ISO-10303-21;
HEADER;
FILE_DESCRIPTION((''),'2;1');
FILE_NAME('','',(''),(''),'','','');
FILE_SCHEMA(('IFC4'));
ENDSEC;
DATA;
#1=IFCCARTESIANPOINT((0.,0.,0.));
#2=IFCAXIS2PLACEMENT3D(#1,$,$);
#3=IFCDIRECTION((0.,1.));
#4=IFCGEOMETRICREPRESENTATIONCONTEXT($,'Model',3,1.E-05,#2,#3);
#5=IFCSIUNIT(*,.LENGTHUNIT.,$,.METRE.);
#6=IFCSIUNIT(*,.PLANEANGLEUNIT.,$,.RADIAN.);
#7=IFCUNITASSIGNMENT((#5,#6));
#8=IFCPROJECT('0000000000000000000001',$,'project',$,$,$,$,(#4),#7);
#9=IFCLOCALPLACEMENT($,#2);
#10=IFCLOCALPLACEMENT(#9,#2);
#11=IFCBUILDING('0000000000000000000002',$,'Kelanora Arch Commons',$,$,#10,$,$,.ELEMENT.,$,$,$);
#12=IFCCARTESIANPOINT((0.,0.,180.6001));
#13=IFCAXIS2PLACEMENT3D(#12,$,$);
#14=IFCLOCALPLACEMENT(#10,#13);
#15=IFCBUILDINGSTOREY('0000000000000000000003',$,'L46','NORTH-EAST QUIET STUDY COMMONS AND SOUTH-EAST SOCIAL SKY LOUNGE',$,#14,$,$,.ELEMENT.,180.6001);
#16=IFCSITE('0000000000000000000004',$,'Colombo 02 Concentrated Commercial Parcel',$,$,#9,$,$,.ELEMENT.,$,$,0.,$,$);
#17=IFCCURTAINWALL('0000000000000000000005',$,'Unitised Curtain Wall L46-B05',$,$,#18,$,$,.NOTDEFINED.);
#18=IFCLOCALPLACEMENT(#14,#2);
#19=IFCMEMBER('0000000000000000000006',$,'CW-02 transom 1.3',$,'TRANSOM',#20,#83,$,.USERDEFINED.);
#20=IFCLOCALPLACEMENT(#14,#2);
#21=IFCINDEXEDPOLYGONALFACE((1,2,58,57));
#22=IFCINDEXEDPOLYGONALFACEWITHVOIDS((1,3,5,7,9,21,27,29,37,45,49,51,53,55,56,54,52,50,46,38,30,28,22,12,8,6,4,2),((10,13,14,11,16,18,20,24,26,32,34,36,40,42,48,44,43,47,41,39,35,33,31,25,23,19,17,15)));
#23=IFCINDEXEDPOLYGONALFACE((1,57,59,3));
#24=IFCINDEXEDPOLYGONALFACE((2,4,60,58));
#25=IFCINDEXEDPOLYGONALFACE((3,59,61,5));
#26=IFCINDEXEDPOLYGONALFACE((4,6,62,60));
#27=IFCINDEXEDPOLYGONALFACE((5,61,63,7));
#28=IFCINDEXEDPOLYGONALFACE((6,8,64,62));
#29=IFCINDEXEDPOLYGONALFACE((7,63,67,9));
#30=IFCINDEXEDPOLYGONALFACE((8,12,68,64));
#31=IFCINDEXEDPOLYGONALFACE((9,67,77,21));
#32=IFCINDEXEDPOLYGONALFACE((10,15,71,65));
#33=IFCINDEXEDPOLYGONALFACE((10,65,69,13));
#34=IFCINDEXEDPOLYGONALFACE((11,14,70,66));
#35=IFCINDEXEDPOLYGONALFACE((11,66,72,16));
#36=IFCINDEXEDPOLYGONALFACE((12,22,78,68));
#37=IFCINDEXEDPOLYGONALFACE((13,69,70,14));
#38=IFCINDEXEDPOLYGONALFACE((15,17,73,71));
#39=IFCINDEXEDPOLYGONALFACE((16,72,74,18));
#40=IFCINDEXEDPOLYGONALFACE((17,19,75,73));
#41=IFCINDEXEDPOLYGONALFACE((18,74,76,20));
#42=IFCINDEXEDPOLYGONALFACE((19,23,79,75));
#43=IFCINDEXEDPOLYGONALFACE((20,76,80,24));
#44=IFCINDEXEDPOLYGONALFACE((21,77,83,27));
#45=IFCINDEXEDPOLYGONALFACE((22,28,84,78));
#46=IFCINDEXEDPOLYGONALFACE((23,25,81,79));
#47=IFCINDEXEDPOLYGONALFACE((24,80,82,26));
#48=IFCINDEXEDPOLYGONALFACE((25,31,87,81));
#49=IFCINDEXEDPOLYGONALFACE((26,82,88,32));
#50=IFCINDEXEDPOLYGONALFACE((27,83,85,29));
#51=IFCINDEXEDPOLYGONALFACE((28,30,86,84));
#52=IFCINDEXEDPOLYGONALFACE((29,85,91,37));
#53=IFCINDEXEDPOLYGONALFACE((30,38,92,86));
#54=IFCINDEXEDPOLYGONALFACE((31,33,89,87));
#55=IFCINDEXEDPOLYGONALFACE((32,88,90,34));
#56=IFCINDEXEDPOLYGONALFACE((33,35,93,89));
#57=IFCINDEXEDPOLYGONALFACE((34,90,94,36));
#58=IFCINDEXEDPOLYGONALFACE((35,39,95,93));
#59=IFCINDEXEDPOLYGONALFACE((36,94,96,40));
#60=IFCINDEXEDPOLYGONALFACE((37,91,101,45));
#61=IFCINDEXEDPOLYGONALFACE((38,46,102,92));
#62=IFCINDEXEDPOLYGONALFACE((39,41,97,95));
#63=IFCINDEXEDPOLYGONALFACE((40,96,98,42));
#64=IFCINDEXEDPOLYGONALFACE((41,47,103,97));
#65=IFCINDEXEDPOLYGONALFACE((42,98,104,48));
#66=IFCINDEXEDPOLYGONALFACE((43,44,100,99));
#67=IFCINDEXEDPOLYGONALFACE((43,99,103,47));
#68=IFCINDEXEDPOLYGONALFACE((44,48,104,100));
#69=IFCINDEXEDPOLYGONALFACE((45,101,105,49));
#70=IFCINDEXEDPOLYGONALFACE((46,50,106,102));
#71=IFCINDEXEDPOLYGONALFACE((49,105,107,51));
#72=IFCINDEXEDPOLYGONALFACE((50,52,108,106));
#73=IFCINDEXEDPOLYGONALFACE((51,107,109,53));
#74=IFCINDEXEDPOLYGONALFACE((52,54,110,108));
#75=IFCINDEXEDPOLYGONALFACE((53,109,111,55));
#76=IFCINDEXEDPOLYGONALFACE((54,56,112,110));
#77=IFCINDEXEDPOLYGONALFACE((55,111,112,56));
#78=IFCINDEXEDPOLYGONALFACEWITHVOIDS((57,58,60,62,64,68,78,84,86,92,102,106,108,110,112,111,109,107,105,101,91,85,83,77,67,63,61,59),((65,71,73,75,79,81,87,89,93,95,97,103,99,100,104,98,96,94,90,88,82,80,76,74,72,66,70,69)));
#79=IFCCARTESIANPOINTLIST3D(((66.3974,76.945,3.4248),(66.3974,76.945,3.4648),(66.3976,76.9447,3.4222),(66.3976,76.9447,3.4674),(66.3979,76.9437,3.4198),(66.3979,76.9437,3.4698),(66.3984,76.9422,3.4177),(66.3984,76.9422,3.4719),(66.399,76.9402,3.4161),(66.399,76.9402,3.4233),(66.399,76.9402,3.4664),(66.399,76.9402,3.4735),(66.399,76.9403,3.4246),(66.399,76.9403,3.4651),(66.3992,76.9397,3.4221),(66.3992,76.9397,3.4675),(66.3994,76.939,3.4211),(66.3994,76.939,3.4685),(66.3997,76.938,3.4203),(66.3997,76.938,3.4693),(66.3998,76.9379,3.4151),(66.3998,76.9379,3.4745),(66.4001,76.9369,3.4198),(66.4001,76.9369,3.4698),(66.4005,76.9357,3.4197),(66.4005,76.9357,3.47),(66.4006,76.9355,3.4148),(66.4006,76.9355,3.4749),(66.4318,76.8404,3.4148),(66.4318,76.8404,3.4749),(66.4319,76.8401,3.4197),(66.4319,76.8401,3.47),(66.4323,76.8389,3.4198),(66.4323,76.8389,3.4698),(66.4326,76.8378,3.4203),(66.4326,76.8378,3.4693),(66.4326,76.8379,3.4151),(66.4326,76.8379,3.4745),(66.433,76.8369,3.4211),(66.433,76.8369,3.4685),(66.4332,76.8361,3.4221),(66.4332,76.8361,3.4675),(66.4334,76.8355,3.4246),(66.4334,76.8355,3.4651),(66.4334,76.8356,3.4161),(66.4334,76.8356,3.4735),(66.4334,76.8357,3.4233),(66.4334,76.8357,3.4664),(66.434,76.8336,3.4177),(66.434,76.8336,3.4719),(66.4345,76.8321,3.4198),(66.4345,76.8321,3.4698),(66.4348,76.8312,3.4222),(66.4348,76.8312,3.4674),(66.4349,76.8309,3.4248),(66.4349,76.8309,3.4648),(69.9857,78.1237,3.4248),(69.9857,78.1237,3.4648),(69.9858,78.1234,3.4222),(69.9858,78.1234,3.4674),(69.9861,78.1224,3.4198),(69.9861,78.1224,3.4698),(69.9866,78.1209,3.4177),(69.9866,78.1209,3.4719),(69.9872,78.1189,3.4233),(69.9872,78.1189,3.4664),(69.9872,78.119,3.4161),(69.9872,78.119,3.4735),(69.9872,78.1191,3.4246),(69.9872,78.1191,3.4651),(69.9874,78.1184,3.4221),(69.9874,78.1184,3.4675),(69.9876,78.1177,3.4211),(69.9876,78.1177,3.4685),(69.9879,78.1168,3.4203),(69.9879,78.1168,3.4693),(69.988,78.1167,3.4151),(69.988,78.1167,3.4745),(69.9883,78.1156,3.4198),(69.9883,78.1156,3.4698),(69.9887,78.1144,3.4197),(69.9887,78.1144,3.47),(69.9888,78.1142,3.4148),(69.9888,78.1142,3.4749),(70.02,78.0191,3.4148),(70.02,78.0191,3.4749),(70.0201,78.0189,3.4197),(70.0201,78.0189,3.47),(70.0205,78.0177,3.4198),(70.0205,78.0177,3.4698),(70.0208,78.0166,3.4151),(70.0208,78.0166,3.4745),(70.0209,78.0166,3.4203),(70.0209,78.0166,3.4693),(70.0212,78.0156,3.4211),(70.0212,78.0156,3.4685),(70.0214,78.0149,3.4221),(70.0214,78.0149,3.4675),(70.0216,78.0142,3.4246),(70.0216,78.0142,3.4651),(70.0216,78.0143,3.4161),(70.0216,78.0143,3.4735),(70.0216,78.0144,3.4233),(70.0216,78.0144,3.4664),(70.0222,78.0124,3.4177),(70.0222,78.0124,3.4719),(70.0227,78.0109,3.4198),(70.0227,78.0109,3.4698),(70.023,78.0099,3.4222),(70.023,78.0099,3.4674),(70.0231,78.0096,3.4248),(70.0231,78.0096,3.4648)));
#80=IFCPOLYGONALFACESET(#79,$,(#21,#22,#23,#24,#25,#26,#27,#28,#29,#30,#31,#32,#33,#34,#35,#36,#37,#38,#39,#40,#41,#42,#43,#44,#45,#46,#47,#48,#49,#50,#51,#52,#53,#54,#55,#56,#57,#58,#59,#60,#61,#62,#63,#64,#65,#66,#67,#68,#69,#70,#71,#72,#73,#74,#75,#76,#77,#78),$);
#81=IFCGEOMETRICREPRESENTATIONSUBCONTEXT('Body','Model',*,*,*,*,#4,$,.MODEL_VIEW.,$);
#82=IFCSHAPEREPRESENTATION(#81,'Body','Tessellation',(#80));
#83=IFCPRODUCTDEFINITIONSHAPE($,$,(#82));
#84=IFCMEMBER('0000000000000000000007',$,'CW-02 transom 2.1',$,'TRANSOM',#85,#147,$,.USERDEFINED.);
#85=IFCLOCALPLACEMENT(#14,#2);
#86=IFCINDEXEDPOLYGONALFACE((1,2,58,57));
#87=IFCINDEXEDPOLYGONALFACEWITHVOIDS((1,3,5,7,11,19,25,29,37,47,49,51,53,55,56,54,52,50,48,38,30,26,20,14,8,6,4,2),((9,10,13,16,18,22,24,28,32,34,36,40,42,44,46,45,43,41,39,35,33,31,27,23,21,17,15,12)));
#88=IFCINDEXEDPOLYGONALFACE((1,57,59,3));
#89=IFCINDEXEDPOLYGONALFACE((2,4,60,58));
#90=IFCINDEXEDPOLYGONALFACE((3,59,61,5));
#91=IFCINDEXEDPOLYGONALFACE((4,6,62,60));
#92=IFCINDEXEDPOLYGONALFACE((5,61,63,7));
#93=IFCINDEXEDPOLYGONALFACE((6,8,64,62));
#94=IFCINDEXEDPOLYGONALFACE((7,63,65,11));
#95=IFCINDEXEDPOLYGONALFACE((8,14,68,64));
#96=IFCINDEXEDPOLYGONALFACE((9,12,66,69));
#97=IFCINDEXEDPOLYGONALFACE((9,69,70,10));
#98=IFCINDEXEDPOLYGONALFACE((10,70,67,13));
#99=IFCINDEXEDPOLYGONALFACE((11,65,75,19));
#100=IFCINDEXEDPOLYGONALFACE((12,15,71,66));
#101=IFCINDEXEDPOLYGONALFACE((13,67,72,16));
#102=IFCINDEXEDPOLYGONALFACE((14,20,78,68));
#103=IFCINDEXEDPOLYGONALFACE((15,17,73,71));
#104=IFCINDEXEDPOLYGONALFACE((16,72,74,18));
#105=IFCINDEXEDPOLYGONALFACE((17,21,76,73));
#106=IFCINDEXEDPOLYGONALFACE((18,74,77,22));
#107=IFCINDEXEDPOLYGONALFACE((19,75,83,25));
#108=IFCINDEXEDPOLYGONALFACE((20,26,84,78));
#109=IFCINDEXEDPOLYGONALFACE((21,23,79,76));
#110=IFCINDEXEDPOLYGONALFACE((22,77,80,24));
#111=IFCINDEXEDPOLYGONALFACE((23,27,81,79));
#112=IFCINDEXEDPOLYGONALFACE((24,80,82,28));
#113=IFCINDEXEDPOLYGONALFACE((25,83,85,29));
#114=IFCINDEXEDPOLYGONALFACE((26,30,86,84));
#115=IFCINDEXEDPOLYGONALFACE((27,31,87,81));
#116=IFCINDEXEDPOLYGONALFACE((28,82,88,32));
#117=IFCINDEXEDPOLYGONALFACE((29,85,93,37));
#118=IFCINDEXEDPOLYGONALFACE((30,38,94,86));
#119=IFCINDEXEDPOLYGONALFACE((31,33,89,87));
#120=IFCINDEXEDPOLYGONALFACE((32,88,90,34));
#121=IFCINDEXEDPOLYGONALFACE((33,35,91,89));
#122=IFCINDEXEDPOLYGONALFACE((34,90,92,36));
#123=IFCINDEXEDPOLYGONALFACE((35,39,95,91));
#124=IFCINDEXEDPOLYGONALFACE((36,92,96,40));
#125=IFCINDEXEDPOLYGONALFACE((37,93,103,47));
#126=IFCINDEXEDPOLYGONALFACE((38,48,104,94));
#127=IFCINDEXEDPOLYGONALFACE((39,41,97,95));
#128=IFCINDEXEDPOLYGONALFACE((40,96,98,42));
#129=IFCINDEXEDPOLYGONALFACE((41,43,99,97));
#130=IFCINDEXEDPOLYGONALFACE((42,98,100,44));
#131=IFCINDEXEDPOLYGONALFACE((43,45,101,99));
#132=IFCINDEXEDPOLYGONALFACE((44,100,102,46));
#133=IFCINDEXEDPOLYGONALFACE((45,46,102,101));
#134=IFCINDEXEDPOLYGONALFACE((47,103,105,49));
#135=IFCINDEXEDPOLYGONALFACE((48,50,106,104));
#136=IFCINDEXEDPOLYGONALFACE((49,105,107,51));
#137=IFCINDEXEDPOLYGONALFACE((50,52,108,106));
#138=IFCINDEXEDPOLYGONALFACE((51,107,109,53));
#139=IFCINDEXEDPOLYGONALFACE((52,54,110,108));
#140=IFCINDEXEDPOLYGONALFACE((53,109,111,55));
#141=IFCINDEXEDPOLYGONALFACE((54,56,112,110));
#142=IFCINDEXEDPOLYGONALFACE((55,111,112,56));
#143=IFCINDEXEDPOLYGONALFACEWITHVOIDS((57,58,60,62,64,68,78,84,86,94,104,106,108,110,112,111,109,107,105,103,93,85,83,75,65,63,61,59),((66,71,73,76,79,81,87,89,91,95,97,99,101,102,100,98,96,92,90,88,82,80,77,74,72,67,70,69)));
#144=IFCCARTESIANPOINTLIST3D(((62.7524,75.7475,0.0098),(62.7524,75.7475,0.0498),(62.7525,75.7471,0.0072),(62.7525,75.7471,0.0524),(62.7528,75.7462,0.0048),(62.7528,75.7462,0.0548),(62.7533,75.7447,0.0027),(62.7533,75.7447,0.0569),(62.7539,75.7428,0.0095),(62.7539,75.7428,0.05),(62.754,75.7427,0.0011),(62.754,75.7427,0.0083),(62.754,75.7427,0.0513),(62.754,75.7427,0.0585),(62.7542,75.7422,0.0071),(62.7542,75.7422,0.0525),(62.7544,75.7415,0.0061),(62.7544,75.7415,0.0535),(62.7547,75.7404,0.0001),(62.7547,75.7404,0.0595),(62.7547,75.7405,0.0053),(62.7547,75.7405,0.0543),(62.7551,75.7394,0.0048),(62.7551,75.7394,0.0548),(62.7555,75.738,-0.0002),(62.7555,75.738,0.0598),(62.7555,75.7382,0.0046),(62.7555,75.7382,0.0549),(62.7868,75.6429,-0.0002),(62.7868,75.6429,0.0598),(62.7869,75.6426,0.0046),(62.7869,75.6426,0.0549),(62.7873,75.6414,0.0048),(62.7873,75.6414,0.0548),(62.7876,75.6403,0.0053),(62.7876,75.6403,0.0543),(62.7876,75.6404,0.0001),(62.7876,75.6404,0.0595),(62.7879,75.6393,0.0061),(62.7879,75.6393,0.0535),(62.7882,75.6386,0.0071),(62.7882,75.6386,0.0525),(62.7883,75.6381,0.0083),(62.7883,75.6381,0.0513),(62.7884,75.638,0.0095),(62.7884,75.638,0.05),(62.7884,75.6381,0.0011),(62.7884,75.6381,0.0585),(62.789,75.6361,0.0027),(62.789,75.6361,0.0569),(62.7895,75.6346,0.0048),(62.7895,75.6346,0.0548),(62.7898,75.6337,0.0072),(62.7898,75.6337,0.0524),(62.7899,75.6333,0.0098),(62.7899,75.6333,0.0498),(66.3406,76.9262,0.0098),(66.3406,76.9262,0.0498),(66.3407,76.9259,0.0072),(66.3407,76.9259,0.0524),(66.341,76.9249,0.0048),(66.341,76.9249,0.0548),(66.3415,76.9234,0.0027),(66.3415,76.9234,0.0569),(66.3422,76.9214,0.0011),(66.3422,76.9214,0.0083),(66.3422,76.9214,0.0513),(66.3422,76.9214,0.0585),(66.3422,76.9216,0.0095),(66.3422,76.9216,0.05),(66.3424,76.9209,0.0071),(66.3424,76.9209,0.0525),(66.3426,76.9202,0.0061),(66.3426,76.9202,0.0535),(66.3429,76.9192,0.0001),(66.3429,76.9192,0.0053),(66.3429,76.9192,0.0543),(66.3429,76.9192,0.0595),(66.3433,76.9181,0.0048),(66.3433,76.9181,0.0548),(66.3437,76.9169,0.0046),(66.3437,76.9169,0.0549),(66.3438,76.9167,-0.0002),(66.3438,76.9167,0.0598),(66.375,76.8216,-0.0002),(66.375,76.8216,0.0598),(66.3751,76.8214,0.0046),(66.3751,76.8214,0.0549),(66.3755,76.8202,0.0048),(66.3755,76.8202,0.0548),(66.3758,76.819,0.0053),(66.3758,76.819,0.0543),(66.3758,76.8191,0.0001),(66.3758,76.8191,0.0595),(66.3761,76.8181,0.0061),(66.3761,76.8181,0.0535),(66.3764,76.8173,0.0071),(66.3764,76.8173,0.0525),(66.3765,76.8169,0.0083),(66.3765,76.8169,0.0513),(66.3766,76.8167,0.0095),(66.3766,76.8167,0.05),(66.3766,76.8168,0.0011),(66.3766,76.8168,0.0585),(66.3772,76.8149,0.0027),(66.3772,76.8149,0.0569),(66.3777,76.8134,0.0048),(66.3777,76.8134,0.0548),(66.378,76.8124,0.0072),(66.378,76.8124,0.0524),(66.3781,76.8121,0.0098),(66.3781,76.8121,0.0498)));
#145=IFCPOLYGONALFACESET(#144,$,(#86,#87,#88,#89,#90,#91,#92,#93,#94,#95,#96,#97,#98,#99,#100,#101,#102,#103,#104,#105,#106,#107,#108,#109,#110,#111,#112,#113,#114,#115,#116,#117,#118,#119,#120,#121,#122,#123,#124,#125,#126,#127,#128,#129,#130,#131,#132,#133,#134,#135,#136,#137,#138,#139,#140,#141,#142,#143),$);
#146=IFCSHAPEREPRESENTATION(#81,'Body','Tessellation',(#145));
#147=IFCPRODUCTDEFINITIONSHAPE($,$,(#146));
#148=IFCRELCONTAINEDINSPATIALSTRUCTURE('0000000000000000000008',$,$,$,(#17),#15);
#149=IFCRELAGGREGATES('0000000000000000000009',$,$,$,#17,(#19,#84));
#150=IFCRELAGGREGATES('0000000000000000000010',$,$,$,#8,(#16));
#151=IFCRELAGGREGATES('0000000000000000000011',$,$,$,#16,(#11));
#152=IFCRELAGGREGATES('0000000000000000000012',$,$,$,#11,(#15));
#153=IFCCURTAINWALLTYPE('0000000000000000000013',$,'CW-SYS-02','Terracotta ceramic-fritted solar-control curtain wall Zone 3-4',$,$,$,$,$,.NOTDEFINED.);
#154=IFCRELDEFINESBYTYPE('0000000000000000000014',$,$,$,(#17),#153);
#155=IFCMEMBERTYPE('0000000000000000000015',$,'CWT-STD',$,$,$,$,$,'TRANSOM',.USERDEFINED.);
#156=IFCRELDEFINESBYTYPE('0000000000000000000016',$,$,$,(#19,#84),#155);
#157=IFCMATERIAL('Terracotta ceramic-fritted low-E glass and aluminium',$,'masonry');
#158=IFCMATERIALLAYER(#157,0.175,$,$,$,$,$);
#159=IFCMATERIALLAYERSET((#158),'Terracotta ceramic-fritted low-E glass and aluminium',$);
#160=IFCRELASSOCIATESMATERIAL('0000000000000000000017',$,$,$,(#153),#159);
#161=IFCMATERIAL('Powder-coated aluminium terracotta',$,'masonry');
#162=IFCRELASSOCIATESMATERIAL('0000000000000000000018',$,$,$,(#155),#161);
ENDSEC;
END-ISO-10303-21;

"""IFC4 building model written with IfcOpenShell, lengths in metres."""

from ifc_helpers import new_model, si_unit, direction, frame, origin, origin_2d, place, context, subcontext, project, spatial, hollow_rectangle, extrude, material, layer, layer_set, material_profile, profile_set, type_object, element, aggregate, save


model = new_model("IFC4")

# Units and contexts
model_context = context("Model", 3, precision=1e-05, world=origin(), true_north=direction((0.0, 1.0)))
body_context = subcontext(model_context, "Body", "Model", "MODEL_VIEW")
ifc_project = project(units=[si_unit("LENGTHUNIT", "METRE"), si_unit("PLANEANGLEUNIT", "RADIAN")], contexts=[model_context])

# Site, building, storey
site_placement = place(None, origin())
site = spatial("IfcSite", under=ifc_project, at=site_placement, Name="Colombo 02 Concentrated Commercial Parcel", CompositionType="ELEMENT", RefElevation=0.0)
building_placement = place(site_placement, origin())
building = spatial("IfcBuilding", under=site, at=building_placement, Name="Kelanora Arch Commons", CompositionType="ELEMENT")
storey_placement = place(building_placement, frame((0.0, 0.0, 180.6001)))
storey = spatial("IfcBuildingStorey", under=building, at=storey_placement, Name="L46", Description="NORTH-EAST QUIET STUDY COMMONS AND SOUTH-EAST SOCIAL SKY LOUNGE", CompositionType="ELEMENT", Elevation=180.6001)

# Curtain wall, members
ifc_material_1 = material(Name="Terracotta ceramic-fritted low-E glass and aluminium", Category="masonry")
ifc_layer_1 = layer(ifc_material_1, 0.175)
ifc_layer_set_1 = layer_set([ifc_layer_1], Name="Terracotta ceramic-fritted low-E glass and aluminium")
curtain_wall_type = type_object("IfcCurtainWallType", Name="CW-SYS-02", Description="Terracotta ceramic-fritted solar-control curtain wall Zone 3-4", PredefinedType="NOTDEFINED", material=ifc_layer_set_1)
curtain_wall_placement = place(storey_placement, origin())
curtain_wall = element("IfcCurtainWall", 1, at=curtain_wall_placement, inside=storey, type_object=curtain_wall_type, Name="Unitised Curtain Wall L46-B05", PredefinedType="NOTDEFINED")
ifc_material_2 = material(Name="Powder-coated aluminium terracotta", Category="masonry")
ifc_material_profile_1 = material_profile(ifc_material_2, hollow_rectangle(XDim=0.1201, YDim=0.0601, WallThickness=0.0049, InnerFilletRadius=0.0049, OuterFilletRadius=0.01, at=origin_2d()), Name="CWT120x60")
ifc_profile_set_1 = profile_set([ifc_material_profile_1], Name="Powder-coated aluminium terracotta")
member_type_1 = type_object("IfcMemberType", Name="CWT-STD", ElementType="TRANSOM", PredefinedType="USERDEFINED", material=ifc_profile_set_1)
member_1_placement = place(storey_placement, frame((70.0044, 78.0667, 3.4448), z_axis=(-0.950051, -0.312094, 0.0), x_axis=(0.312094, -0.950051, 0.0)))
member_1 = element("IfcMember", 2, at=member_1_placement, type_object=member_type_1, Name="CW-02 transom 1.3", ObjectType="TRANSOM", PredefinedType="USERDEFINED", context=body_context, shape_type="SweptSolid", body=[
    extrude(hollow_rectangle(XDim=0.1201, YDim=0.0601, WallThickness=0.0049, InnerFilletRadius=0.0049, OuterFilletRadius=0.01, at=origin_2d()), origin(), (0.0, 0.0, 1.0), 3.7769),
])
member_2_placement = place(storey_placement, frame((66.3594, 76.8691, 0.0298), z_axis=(-0.950051, -0.312094, 0.0), x_axis=(0.312094, -0.950051, 0.0)))
member_2 = element("IfcMember", 3, at=member_2_placement, type_object=member_type_1, Name="CW-02 transom 2.1", ObjectType="TRANSOM", PredefinedType="USERDEFINED", context=body_context, shape_type="SweptSolid", body=[
    extrude(hollow_rectangle(XDim=0.1201, YDim=0.0601, WallThickness=0.0049, InnerFilletRadius=0.0049, OuterFilletRadius=0.01, at=origin_2d()), origin(), (0.0, 0.0, 1.0), 3.7769),
])
aggregate(curtain_wall, [member_1, member_2])

save(model, "model.ifc")
